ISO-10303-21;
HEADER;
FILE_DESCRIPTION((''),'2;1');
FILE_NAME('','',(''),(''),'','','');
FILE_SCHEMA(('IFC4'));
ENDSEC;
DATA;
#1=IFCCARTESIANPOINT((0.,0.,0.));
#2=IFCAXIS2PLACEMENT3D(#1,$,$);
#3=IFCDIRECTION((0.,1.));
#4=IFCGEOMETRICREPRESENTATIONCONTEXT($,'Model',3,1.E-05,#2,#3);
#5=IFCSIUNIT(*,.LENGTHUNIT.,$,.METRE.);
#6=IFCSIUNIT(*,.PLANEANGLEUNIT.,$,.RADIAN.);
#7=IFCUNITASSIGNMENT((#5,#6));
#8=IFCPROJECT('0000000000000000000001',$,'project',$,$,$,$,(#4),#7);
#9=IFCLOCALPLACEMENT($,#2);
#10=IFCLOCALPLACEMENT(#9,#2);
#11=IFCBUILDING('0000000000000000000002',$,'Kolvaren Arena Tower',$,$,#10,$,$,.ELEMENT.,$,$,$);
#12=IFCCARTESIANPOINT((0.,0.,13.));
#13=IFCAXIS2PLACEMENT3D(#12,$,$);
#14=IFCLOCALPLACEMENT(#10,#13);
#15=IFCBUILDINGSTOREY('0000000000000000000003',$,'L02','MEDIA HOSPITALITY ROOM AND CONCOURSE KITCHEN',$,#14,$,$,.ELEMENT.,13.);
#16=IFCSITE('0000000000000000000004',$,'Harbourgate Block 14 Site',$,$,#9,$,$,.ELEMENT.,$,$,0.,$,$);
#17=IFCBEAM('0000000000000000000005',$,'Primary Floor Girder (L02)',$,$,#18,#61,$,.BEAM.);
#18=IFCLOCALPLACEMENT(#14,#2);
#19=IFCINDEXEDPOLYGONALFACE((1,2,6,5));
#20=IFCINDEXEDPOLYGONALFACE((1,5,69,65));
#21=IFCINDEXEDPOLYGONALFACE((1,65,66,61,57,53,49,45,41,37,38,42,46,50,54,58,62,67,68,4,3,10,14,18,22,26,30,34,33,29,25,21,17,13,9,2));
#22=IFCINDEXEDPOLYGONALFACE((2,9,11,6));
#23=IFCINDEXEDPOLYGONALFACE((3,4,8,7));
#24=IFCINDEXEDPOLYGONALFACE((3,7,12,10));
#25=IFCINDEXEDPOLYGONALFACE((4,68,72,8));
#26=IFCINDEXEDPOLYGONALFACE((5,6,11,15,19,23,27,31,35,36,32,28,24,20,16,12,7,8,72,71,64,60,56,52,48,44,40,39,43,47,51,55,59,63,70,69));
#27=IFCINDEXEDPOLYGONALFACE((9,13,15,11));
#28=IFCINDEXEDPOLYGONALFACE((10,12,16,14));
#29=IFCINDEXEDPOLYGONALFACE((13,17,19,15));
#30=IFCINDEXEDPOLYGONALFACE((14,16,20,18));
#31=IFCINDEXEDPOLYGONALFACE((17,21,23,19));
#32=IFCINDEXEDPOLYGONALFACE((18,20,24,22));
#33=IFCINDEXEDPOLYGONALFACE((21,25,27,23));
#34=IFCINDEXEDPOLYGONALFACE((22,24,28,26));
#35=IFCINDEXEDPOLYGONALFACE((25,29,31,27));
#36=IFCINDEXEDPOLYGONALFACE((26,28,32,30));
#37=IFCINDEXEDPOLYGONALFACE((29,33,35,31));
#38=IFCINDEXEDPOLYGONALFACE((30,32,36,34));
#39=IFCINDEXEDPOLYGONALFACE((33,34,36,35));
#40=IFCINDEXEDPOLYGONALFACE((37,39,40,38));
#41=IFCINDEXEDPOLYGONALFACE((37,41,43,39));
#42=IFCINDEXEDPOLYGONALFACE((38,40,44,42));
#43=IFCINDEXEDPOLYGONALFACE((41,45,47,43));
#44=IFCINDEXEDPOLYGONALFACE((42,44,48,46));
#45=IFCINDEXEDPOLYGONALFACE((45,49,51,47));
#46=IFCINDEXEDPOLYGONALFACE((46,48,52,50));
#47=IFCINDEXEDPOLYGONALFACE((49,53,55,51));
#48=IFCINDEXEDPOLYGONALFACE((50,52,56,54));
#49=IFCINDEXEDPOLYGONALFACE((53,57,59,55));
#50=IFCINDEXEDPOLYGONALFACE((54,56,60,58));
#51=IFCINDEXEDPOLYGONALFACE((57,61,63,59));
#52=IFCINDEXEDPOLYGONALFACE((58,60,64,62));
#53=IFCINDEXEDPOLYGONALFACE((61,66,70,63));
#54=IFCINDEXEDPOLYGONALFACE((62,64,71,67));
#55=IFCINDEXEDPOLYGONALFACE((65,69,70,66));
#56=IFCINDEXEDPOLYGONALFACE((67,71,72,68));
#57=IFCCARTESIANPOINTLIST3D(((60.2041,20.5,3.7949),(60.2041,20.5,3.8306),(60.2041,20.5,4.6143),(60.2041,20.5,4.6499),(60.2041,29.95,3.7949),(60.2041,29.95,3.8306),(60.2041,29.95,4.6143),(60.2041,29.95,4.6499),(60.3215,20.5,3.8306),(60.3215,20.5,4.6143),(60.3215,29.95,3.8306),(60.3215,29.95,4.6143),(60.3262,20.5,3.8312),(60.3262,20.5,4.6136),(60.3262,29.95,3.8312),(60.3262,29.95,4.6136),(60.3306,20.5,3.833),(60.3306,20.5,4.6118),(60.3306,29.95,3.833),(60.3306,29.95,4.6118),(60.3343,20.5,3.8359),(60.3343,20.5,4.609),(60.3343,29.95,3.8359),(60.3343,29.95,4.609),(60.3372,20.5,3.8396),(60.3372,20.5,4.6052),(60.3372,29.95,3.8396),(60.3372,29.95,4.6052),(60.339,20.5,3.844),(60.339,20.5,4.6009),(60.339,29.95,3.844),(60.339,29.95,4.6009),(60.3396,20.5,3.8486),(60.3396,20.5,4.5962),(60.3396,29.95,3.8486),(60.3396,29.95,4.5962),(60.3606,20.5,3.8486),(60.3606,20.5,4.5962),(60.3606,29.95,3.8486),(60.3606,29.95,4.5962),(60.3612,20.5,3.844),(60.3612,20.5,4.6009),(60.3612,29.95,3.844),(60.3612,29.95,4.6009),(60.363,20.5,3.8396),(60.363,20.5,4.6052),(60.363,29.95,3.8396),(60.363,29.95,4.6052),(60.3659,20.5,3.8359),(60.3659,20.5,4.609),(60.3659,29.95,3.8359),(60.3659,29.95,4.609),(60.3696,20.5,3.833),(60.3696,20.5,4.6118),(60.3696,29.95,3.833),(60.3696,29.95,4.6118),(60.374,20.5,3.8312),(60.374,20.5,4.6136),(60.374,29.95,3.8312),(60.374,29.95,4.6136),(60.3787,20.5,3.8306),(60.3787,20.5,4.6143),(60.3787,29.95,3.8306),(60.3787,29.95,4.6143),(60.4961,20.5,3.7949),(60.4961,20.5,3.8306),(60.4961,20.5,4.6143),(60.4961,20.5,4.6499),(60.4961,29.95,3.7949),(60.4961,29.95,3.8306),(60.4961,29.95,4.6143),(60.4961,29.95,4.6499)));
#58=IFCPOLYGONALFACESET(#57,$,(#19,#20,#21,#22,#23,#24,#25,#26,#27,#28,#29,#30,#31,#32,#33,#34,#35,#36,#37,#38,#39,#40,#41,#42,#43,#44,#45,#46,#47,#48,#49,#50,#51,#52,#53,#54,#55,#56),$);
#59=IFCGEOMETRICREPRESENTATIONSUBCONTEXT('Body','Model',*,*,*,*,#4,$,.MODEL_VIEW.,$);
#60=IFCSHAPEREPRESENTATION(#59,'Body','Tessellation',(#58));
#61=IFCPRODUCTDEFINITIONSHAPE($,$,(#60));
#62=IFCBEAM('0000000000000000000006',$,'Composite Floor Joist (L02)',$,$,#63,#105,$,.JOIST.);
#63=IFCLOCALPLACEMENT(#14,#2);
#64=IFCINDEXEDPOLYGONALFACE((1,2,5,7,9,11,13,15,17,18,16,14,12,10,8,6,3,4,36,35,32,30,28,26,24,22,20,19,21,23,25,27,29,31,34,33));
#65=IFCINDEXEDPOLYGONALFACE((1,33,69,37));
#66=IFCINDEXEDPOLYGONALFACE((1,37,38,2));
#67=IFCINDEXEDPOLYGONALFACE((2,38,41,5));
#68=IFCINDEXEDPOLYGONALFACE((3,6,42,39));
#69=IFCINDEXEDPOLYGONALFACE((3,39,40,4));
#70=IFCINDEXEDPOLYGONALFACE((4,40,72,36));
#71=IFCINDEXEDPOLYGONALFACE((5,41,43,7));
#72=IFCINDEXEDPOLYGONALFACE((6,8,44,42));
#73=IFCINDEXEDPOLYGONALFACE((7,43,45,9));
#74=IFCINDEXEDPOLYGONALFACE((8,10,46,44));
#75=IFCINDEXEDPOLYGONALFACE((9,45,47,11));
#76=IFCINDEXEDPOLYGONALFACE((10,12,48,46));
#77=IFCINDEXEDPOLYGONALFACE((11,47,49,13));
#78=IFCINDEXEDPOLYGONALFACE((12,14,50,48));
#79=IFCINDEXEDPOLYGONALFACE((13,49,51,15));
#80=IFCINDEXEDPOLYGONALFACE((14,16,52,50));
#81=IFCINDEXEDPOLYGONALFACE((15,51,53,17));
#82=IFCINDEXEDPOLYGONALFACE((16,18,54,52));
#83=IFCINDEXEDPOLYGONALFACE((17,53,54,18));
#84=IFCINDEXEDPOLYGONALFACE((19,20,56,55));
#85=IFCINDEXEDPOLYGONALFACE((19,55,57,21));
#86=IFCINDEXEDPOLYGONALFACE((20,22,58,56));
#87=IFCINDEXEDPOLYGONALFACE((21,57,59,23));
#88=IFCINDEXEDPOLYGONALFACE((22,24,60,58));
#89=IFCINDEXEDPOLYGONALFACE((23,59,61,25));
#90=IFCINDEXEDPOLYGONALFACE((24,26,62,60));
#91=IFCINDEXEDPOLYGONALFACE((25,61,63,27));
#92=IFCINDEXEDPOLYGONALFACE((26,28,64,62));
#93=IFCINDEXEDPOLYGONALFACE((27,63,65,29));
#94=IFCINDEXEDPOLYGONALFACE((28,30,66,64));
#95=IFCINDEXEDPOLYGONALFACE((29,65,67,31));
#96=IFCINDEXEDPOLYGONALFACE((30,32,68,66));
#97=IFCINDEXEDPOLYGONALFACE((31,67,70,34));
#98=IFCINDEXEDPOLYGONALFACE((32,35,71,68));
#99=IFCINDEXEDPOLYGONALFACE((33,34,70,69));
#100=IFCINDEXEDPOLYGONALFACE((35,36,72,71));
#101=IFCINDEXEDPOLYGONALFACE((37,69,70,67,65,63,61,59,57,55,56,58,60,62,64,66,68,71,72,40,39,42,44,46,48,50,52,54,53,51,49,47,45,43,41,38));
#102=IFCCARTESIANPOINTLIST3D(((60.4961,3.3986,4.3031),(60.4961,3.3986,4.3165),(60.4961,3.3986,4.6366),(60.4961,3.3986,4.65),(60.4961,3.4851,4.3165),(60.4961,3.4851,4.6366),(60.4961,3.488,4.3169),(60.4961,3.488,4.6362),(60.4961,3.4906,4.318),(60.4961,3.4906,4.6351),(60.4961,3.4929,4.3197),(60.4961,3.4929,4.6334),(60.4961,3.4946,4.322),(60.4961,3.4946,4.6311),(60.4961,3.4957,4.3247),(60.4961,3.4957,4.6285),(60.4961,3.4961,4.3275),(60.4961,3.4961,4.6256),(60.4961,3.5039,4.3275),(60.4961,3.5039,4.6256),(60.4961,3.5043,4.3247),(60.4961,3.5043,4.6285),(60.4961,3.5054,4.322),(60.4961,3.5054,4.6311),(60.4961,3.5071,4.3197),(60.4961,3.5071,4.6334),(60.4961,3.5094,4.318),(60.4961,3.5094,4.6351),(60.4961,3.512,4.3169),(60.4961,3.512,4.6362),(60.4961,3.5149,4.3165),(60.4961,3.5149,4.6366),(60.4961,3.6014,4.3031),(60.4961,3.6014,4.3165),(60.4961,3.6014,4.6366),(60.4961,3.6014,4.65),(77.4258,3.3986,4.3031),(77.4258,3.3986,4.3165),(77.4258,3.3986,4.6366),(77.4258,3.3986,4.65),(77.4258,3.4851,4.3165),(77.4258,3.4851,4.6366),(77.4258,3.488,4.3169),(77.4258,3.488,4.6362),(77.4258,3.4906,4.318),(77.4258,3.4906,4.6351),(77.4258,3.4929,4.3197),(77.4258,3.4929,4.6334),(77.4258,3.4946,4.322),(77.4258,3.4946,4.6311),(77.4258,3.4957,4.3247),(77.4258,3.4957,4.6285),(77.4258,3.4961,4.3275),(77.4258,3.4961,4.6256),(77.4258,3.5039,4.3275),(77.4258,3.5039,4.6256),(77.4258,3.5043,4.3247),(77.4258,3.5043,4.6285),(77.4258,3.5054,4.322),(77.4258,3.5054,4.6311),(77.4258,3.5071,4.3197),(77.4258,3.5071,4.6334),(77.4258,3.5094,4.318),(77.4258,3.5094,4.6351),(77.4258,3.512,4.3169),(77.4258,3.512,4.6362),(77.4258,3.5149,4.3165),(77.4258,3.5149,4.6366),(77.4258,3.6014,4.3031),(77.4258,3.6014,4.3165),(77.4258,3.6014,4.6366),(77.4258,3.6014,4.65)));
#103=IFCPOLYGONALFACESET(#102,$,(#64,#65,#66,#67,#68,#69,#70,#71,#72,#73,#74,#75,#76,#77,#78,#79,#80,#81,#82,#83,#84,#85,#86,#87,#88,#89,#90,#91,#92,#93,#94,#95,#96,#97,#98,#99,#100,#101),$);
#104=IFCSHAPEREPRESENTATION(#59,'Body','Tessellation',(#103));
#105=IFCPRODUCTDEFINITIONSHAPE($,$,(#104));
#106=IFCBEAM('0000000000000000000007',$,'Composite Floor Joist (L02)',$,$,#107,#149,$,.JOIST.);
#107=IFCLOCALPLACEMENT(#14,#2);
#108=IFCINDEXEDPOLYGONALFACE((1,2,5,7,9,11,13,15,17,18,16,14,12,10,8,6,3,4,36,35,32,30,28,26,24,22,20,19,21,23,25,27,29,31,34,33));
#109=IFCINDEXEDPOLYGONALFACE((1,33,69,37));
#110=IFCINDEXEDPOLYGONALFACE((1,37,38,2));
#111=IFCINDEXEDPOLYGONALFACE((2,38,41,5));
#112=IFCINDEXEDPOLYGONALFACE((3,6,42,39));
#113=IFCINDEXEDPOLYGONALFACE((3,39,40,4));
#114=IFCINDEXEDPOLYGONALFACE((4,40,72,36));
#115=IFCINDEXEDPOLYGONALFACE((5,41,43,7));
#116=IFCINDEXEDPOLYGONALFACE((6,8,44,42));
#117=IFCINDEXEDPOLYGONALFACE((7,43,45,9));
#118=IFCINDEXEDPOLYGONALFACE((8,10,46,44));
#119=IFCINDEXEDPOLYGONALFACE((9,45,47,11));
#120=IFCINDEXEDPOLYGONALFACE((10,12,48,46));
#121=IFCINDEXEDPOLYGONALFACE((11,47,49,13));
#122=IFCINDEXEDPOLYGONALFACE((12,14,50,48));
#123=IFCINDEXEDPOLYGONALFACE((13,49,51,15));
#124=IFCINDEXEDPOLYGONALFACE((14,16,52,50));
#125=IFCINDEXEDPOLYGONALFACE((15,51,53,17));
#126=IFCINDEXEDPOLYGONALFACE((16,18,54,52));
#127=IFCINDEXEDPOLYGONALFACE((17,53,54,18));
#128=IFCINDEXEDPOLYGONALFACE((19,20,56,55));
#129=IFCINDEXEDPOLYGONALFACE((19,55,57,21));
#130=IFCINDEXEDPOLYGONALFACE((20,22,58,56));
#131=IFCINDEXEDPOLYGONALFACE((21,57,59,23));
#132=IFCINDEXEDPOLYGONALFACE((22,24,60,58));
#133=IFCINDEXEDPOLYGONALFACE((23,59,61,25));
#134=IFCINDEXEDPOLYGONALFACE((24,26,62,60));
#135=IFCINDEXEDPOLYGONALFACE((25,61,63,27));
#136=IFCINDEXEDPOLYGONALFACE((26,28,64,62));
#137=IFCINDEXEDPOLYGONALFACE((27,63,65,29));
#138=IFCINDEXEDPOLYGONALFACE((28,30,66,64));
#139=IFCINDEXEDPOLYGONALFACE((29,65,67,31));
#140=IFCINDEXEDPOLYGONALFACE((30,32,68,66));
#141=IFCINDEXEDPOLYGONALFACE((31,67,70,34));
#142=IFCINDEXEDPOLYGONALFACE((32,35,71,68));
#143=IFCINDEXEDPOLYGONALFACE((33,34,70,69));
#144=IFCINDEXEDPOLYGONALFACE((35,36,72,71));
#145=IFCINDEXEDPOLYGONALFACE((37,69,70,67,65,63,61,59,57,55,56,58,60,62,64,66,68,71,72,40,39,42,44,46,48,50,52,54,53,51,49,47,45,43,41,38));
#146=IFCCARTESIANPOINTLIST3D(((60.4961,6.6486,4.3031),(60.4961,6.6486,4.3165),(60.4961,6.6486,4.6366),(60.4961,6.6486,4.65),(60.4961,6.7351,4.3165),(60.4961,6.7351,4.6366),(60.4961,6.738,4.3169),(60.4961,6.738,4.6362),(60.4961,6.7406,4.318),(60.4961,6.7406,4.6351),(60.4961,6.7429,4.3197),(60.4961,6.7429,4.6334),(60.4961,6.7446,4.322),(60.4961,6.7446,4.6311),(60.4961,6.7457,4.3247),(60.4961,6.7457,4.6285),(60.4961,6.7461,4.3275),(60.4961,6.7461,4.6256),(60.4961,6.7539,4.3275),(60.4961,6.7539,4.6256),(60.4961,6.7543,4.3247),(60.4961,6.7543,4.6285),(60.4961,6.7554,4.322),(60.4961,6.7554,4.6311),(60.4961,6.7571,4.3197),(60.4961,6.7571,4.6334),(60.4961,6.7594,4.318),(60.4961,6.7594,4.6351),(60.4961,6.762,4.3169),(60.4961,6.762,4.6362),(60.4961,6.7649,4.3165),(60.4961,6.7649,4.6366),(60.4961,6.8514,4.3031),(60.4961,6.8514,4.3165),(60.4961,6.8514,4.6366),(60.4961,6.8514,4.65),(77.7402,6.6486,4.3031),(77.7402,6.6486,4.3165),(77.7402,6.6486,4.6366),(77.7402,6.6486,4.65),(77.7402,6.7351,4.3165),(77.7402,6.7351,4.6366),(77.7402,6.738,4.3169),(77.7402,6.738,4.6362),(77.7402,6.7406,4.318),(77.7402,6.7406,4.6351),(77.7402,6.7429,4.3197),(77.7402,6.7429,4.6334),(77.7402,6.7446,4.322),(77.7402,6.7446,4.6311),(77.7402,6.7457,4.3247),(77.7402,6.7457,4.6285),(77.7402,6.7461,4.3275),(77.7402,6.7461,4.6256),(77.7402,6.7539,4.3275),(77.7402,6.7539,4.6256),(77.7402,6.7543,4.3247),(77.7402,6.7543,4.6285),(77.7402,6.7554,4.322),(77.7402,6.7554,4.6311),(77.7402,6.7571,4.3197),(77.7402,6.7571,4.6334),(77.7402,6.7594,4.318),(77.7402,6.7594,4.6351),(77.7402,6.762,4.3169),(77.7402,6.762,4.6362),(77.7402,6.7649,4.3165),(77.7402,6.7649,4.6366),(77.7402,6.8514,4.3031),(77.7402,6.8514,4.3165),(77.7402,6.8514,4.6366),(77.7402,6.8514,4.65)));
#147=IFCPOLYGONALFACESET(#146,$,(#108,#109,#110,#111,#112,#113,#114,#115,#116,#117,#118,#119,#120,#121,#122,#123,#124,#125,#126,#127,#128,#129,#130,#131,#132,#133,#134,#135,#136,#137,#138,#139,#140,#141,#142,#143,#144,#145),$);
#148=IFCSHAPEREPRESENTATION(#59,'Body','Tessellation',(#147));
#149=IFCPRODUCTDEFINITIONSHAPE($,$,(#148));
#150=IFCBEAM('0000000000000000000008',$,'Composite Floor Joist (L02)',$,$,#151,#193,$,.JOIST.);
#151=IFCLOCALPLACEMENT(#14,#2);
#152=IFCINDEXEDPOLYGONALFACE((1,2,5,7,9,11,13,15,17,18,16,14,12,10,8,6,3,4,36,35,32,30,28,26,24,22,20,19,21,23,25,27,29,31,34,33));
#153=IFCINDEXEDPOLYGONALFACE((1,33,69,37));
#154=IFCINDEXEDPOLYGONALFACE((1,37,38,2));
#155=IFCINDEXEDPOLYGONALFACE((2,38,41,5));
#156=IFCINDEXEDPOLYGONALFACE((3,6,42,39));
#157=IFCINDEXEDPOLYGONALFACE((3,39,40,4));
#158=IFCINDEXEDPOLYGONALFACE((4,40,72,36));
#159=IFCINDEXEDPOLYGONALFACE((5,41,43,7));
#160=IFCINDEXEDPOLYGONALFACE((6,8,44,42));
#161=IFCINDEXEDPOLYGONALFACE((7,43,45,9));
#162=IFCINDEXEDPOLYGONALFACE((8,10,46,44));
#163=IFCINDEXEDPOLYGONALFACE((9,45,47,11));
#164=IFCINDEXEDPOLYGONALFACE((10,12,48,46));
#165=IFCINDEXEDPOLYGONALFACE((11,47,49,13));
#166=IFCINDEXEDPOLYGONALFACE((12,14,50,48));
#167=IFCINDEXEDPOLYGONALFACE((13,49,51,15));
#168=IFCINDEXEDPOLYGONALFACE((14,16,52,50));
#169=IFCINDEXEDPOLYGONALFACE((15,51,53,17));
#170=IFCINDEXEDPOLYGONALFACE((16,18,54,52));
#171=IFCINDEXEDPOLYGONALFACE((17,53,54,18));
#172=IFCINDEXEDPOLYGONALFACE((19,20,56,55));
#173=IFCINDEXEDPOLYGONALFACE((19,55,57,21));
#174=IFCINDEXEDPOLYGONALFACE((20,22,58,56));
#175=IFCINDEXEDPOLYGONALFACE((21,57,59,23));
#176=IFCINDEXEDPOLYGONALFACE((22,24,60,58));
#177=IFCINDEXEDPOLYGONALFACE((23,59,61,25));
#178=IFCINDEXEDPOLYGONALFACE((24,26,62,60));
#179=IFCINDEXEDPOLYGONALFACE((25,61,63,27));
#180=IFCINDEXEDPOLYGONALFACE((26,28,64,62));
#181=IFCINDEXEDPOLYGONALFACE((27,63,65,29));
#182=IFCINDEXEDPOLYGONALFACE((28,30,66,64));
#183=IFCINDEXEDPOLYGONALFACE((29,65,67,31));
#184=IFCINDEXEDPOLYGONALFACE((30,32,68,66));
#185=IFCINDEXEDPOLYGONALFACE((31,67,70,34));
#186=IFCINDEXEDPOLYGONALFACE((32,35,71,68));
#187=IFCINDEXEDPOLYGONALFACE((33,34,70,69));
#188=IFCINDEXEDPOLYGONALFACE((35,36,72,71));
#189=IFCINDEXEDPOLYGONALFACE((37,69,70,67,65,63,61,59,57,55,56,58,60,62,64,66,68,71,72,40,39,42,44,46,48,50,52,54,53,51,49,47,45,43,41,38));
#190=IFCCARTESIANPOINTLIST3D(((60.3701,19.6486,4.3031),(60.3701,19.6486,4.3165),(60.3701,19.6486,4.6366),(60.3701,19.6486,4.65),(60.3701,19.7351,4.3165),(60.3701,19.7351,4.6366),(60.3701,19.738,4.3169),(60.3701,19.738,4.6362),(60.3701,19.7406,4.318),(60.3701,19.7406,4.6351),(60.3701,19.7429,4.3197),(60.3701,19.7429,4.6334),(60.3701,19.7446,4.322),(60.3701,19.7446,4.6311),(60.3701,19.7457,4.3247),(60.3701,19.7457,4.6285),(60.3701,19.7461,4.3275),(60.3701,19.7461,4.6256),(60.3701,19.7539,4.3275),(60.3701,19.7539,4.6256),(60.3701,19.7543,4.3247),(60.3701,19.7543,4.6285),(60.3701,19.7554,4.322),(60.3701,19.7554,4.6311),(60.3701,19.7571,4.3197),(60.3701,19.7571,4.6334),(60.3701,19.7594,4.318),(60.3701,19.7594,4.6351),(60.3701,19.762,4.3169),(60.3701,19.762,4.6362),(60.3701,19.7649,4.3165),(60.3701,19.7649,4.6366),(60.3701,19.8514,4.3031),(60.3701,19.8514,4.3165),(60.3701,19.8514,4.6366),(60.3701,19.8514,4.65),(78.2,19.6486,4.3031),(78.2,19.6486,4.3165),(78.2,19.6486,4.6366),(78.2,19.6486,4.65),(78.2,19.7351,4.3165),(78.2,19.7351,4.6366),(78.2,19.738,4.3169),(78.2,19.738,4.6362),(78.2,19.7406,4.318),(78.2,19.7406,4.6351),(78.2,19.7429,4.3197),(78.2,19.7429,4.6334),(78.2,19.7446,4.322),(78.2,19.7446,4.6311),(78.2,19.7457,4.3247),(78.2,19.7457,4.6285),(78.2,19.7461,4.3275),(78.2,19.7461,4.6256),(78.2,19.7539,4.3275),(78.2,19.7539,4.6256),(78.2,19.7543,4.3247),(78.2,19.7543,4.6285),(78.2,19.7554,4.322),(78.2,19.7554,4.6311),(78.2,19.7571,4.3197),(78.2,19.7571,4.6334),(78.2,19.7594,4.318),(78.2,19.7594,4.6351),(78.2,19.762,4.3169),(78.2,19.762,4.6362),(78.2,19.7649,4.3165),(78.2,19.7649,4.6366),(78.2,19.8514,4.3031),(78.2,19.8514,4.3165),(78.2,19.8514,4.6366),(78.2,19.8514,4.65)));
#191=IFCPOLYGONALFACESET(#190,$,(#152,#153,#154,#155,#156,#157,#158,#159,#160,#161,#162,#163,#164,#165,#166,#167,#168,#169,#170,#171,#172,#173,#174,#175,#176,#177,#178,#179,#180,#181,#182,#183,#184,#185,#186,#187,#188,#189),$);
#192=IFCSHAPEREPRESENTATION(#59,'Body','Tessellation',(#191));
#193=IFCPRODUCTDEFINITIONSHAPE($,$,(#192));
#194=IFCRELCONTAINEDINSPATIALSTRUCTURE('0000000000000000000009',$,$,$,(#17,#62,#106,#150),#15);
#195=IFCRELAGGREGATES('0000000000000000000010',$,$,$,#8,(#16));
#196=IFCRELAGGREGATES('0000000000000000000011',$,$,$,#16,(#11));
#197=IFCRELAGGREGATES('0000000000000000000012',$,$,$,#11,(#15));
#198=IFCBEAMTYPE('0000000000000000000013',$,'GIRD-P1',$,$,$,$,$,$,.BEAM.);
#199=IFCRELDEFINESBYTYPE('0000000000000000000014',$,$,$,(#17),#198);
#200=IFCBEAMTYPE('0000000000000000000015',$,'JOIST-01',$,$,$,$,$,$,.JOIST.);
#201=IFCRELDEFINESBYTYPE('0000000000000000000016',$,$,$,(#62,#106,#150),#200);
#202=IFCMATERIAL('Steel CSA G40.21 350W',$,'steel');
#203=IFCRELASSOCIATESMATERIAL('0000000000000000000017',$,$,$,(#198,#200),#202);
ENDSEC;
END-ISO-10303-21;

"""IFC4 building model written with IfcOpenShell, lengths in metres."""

from ifc_helpers import new_model, si_unit, direction, frame, origin, origin_2d, place, context, subcontext, project, spatial, i_section, extrude, material, material_profile, profile_set, type_object, element, save


model = new_model("IFC4")

# Units and contexts
model_context = context("Model", 3, precision=1e-05, world=origin(), true_north=direction((0.0, 1.0)))
body_context = subcontext(model_context, "Body", "Model", "MODEL_VIEW")
ifc_project = project(units=[si_unit("LENGTHUNIT", "METRE"), si_unit("PLANEANGLEUNIT", "RADIAN")], contexts=[model_context])

# Site, building, storey
site_placement = place(None, origin())
site = spatial("IfcSite", under=ifc_project, at=site_placement, Name="Harbourgate Block 14 Site", CompositionType="ELEMENT", RefElevation=0.0)
building_placement = place(site_placement, origin())
building = spatial("IfcBuilding", under=site, at=building_placement, Name="Kolvaren Arena Tower", CompositionType="ELEMENT")
storey_placement = place(building_placement, frame((0.0, 0.0, 13.0)))
storey = spatial("IfcBuildingStorey", under=building, at=storey_placement, Name="L02", Description="MEDIA HOSPITALITY ROOM AND CONCOURSE KITCHEN", CompositionType="ELEMENT", Elevation=13.0)

# Beams
ifc_material_1 = material(Name="Steel CSA G40.21 350W", Category="steel")
ifc_material_profile_1 = material_profile(ifc_material_1, i_section(OverallWidth=0.292, OverallDepth=0.855, WebThickness=0.021, FlangeThickness=0.0356, FilletRadius=0.0181, at=origin_2d()), Name="W840x299")
ifc_profile_set_1 = profile_set([ifc_material_profile_1], Name="Steel CSA G40.21 350W")
beam_type_1 = type_object("IfcBeamType", Name="GIRD-P1", PredefinedType="BEAM", material=ifc_profile_set_1)
beam_1_placement = place(storey_placement, frame((60.3501, 20.5, 4.2224), z_axis=(0.0, 1.0, 0.0), x_axis=(-1.0, 0.0, 0.0)))
element("IfcBeam", 1, at=beam_1_placement, inside=storey, type_object=beam_type_1, Name="Primary Floor Girder (L02)", PredefinedType="BEAM", context=body_context, shape_type="SweptSolid", body=[
    extrude(i_section(OverallWidth=0.292, OverallDepth=0.855, WebThickness=0.021, FlangeThickness=0.0356, FilletRadius=0.0181, at=origin_2d()), origin(), (0.0, 0.0, 1.0), 9.45),
])
ifc_material_profile_2 = material_profile(ifc_material_1, i_section(OverallWidth=0.2029, OverallDepth=0.3469, WebThickness=0.0078, FlangeThickness=0.0134, FilletRadius=0.011, at=origin_2d()), Name="W360x64")
ifc_profile_set_2 = profile_set([ifc_material_profile_2], Name="Steel CSA G40.21 350W")
beam_type_2 = type_object("IfcBeamType", Name="JOIST-01", PredefinedType="JOIST", material=ifc_profile_set_2)
beam_2_placement = place(storey_placement, frame((60.4961, 3.5, 4.4766), z_axis=(1.0, 0.0, 0.0), x_axis=(0.0, 1.0, 0.0)))
element("IfcBeam", 2, at=beam_2_placement, inside=storey, type_object=beam_type_2, Name="Composite Floor Joist (L02)", PredefinedType="JOIST", context=body_context, shape_type="SweptSolid", body=[
    extrude(i_section(OverallWidth=0.2029, OverallDepth=0.3469, WebThickness=0.0078, FlangeThickness=0.0134, FilletRadius=0.011, at=origin_2d()), origin(), (0.0, 0.0, 1.0), 16.9297),
])
beam_3_placement = place(storey_placement, frame((60.4961, 6.75, 4.4766), z_axis=(1.0, 0.0, 0.0), x_axis=(0.0, 1.0, 0.0)))
element("IfcBeam", 3, at=beam_3_placement, inside=storey, type_object=beam_type_2, Name="Composite Floor Joist (L02)", PredefinedType="JOIST", context=body_context, shape_type="SweptSolid", body=[
    extrude(i_section(OverallWidth=0.2029, OverallDepth=0.3469, WebThickness=0.0078, FlangeThickness=0.0134, FilletRadius=0.011, at=origin_2d()), origin(), (0.0, 0.0, 1.0), 17.2441),
])
for number, where, z_axis, x_axis, name in (
    (4, (60.3701, 19.75, 4.4766), (1.0, 0.0, 0.0), (0.0, 1.0, 0.0), "Composite Floor Joist (L02)"),
):
    element("IfcBeam", number, at=place(storey_placement, frame(where, z_axis=z_axis, x_axis=x_axis)), inside=storey, type_object=beam_type_2, Name=name, PredefinedType="JOIST", context=body_context, shape_type="SweptSolid", body=[
        extrude(i_section(OverallWidth=0.2029, OverallDepth=0.3469, WebThickness=0.0078, FlangeThickness=0.0134, FilletRadius=0.011, at=origin_2d()), origin(), (0.0, 0.0, 1.0), 17.8298),
    ])

save(model, "model.ifc")
